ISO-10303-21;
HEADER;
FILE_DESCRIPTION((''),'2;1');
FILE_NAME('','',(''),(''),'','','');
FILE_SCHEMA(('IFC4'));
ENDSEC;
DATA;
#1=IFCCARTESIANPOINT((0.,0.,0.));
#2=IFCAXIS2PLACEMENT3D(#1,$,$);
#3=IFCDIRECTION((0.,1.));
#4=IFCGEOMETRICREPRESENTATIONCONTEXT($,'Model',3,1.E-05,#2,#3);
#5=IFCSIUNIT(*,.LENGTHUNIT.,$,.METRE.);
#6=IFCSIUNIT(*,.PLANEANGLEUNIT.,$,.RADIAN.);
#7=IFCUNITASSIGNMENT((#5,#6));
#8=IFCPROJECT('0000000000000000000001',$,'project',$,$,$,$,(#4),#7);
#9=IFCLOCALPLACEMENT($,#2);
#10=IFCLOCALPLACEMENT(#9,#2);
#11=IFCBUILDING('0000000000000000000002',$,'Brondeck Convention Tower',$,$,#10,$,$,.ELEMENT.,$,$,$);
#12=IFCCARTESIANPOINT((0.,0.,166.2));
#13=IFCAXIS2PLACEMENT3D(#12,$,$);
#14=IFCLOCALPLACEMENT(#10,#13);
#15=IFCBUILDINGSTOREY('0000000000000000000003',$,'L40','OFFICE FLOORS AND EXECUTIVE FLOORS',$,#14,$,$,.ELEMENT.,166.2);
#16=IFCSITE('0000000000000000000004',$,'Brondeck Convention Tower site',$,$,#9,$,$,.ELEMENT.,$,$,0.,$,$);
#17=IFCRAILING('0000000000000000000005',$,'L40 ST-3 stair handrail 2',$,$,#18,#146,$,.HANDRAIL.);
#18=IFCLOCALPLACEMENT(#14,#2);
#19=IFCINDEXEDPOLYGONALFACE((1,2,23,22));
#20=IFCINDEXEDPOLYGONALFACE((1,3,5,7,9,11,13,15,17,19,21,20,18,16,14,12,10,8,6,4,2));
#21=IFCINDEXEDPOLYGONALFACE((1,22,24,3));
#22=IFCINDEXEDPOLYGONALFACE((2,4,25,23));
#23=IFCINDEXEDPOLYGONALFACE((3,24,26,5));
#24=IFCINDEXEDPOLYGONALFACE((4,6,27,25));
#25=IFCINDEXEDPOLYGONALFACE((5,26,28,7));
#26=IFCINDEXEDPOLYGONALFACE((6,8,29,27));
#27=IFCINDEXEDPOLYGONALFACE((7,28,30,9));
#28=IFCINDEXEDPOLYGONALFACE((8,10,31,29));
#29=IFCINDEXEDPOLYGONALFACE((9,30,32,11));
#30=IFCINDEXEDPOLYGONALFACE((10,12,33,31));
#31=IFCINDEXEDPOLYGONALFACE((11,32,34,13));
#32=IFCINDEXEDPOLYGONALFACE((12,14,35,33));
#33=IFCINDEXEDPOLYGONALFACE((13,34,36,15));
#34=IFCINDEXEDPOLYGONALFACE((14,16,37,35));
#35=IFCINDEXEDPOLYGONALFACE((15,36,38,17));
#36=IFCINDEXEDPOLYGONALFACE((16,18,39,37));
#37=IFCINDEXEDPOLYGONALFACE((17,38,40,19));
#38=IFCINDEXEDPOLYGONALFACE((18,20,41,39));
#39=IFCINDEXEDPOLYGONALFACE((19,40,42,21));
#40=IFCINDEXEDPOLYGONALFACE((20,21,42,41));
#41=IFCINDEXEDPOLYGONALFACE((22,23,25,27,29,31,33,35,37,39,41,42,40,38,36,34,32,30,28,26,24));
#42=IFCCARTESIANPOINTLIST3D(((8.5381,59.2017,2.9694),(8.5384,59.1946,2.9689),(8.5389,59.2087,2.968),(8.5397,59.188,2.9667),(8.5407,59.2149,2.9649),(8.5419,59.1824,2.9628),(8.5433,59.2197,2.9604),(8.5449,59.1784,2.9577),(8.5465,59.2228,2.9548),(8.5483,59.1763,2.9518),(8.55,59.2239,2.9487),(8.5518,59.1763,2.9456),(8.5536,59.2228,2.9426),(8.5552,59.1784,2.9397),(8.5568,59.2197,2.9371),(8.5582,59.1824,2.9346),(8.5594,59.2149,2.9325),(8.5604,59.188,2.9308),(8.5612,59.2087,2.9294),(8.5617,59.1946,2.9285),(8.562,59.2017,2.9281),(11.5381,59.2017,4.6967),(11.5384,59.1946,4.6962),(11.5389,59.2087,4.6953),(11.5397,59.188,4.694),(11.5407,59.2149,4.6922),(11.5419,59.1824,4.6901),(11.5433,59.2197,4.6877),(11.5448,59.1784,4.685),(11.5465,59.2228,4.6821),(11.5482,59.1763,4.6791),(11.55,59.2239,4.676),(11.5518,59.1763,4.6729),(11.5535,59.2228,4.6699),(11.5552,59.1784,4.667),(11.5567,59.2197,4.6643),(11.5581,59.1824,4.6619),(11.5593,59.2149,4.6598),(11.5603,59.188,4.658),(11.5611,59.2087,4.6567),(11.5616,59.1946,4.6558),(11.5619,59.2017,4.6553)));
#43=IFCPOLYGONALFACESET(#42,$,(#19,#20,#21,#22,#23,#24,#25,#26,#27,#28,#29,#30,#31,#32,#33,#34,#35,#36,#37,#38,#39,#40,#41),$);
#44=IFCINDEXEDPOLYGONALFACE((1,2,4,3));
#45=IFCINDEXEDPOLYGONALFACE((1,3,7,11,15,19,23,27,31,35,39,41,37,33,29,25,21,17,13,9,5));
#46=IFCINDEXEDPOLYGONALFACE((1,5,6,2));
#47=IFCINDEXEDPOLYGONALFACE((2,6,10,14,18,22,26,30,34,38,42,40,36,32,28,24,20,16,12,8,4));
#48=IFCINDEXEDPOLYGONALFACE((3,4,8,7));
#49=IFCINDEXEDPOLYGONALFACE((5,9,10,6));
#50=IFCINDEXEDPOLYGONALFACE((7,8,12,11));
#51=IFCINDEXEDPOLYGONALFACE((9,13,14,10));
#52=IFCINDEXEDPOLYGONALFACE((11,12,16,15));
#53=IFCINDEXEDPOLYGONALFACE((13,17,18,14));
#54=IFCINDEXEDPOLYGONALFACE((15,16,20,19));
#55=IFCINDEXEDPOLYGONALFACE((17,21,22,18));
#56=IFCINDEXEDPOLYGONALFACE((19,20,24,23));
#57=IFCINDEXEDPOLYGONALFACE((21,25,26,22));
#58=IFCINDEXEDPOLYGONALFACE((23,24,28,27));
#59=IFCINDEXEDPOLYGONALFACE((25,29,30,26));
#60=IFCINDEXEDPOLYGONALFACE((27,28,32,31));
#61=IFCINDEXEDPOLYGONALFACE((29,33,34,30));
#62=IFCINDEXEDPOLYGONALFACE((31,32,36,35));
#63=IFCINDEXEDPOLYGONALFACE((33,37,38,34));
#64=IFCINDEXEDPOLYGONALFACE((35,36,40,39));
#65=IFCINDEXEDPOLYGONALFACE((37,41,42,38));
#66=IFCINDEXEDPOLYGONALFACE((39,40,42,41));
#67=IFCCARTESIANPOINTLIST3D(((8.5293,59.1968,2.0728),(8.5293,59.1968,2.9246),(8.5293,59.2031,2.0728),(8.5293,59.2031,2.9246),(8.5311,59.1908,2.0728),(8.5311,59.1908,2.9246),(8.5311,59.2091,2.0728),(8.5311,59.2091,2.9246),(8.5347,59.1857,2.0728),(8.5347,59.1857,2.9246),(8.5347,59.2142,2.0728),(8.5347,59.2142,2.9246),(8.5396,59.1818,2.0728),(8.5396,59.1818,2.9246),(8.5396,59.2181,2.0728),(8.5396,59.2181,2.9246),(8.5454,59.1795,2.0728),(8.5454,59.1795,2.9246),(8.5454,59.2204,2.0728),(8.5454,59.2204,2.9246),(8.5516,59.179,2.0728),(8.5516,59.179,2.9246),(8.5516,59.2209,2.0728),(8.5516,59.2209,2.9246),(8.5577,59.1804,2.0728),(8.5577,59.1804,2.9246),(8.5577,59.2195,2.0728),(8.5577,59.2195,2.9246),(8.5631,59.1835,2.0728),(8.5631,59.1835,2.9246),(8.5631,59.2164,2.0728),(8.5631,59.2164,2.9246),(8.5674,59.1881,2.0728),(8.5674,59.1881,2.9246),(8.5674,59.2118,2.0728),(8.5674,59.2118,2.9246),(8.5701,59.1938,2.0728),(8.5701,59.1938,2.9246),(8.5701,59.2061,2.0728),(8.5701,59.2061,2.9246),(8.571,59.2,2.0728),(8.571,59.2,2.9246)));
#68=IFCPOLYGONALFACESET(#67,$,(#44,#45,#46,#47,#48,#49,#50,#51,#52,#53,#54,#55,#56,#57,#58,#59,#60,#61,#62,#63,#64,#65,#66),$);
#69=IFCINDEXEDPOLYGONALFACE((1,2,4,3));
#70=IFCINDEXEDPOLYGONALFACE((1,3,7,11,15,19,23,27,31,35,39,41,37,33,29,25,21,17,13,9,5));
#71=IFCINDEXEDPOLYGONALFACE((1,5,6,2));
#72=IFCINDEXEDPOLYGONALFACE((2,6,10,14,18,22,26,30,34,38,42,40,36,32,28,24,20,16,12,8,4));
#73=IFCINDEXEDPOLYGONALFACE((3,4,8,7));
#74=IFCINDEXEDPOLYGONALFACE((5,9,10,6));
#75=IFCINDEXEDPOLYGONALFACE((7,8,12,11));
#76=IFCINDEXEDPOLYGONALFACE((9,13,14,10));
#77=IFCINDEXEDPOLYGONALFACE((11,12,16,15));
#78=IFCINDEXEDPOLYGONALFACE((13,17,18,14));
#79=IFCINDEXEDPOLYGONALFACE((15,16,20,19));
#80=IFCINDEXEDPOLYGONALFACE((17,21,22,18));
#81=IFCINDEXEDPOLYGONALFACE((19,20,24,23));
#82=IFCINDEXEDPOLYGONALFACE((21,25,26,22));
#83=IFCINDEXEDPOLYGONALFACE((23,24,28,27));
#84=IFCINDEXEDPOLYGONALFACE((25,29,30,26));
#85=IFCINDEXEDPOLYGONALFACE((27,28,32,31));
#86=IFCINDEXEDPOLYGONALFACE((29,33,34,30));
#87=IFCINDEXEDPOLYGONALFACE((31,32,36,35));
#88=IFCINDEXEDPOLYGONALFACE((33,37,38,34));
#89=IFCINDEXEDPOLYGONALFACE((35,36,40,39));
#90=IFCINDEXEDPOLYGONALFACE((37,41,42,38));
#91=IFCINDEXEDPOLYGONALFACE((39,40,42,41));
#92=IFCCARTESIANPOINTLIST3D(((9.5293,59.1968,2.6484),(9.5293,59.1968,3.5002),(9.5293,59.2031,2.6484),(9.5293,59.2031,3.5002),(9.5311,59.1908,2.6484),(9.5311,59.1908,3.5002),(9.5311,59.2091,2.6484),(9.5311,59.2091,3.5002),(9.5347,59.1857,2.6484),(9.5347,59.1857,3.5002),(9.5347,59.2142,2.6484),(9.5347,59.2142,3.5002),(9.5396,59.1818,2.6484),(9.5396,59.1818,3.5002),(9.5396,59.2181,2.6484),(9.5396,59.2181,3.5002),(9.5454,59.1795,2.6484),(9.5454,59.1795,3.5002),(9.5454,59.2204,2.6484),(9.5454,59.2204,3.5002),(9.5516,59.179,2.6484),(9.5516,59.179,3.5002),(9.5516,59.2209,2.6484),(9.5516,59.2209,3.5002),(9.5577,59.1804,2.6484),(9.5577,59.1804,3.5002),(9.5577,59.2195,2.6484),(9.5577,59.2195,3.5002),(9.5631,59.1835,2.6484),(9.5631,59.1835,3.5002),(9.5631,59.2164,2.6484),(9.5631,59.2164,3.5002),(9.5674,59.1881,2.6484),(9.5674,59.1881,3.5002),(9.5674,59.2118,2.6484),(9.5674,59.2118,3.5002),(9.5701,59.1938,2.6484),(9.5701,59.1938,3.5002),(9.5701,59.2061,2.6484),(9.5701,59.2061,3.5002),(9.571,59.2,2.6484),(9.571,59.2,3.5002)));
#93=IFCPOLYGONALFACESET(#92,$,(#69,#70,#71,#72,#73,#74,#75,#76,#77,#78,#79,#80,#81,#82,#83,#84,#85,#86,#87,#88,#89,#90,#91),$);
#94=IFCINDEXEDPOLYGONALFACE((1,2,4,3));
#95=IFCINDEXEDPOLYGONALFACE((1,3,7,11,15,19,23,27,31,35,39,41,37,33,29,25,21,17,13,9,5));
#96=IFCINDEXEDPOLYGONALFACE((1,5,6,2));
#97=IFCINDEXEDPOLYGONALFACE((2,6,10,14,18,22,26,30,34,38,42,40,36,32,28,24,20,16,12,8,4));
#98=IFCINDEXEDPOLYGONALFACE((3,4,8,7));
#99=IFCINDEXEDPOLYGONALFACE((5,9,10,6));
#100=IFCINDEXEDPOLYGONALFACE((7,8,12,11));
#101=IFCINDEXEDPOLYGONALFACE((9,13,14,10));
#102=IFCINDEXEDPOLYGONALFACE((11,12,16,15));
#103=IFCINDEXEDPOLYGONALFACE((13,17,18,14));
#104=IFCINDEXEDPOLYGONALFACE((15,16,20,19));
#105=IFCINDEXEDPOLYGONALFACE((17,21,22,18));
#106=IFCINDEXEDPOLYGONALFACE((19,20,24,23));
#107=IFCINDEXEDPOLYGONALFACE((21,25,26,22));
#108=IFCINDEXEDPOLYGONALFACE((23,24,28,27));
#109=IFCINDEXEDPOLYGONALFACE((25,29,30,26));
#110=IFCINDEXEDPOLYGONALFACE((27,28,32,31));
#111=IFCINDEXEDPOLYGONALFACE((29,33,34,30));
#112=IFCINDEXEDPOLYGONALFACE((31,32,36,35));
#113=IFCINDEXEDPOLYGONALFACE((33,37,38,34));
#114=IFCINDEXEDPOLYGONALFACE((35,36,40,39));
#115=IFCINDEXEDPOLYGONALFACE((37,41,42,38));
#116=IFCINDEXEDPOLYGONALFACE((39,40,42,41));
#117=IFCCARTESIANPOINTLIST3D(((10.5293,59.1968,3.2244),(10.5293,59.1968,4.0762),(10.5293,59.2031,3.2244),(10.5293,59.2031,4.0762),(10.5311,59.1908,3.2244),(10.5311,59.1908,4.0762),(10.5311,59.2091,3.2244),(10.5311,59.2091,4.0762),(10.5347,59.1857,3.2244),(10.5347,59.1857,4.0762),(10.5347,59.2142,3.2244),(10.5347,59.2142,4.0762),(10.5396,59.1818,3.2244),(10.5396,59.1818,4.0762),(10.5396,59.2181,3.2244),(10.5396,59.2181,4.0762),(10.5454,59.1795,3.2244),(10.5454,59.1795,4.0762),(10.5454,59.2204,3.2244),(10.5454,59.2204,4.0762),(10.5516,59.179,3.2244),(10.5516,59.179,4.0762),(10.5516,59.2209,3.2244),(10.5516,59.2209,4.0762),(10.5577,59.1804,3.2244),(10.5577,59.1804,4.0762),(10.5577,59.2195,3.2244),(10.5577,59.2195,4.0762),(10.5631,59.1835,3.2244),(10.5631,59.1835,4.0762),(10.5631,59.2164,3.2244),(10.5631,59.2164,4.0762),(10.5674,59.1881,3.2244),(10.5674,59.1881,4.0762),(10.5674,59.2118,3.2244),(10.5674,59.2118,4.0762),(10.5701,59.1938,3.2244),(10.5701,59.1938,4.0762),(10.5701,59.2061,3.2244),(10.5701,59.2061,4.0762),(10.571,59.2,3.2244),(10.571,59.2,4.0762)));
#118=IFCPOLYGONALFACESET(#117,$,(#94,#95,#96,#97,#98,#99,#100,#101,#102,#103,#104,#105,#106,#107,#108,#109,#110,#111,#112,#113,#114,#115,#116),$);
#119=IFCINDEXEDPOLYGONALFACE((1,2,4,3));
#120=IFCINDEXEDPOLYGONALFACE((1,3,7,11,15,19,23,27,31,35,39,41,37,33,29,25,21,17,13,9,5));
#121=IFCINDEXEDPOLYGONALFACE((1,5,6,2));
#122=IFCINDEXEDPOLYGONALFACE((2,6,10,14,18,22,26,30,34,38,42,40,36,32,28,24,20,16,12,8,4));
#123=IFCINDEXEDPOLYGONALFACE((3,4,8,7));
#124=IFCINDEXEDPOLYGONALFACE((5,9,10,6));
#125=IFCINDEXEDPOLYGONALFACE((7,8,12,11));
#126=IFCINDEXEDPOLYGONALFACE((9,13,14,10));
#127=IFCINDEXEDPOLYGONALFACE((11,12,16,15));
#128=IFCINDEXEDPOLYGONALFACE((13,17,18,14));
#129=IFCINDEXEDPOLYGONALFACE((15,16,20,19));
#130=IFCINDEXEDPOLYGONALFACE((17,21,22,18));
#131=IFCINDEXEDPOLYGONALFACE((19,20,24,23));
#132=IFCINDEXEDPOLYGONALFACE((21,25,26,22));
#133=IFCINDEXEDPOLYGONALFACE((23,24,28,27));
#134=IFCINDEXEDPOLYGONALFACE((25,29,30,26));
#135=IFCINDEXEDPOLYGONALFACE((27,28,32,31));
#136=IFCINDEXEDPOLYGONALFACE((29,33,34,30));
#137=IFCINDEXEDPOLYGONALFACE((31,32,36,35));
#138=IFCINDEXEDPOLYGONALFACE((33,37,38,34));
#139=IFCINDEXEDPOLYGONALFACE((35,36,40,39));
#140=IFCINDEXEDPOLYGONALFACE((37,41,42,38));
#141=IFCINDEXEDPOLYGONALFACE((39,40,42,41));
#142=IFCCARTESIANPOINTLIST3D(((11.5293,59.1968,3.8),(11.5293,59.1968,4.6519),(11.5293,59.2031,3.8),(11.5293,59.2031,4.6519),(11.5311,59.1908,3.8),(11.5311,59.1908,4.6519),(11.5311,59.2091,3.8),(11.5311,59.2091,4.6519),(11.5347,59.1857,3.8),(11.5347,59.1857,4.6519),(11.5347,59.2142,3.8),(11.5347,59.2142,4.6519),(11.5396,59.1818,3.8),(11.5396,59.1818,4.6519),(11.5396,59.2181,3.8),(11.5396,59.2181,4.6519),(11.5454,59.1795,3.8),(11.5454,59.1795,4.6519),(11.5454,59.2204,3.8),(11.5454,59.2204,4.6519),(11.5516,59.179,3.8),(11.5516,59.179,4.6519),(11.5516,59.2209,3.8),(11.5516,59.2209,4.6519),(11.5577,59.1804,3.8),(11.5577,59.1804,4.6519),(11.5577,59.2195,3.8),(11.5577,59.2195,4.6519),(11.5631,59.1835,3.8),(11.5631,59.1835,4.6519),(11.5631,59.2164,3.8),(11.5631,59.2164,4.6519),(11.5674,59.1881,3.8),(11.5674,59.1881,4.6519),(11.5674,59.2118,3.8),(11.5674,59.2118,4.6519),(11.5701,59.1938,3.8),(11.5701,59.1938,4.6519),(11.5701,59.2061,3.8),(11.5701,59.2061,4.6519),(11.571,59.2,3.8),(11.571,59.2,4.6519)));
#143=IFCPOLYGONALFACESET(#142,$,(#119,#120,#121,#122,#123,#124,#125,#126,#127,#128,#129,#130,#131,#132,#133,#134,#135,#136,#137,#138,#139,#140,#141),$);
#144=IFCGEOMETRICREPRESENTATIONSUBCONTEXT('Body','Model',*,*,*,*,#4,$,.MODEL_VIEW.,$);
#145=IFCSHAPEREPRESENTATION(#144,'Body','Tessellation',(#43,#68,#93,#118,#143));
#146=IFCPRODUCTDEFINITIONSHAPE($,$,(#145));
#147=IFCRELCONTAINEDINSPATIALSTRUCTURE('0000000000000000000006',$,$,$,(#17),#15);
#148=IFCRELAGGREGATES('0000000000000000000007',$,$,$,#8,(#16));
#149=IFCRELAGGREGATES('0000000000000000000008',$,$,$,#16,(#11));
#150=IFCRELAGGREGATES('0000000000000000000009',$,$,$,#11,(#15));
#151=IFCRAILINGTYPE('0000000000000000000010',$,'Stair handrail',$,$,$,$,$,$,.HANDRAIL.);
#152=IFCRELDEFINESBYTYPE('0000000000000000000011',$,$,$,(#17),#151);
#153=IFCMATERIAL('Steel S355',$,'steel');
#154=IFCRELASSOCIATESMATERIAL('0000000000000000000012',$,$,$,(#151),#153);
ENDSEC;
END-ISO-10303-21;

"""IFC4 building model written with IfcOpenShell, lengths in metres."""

from ifc_helpers import new_model, si_unit, direction, frame, origin, origin_2d, place, context, subcontext, project, spatial, circle, extrude, material, type_object, element, save


model = new_model("IFC4")

# Units and contexts
model_context = context("Model", 3, precision=1e-05, world=origin(), true_north=direction((0.0, 1.0)))
body_context = subcontext(model_context, "Body", "Model", "MODEL_VIEW")
ifc_project = project(units=[si_unit("LENGTHUNIT", "METRE"), si_unit("PLANEANGLEUNIT", "RADIAN")], contexts=[model_context])

# Site, building, storey
site_placement = place(None, origin())
site = spatial("IfcSite", under=ifc_project, at=site_placement, Name="Brondeck Convention Tower site", CompositionType="ELEMENT", RefElevation=0.0)
building_placement = place(site_placement, origin())
building = spatial("IfcBuilding", under=site, at=building_placement, Name="Brondeck Convention Tower", CompositionType="ELEMENT")
storey_placement = place(building_placement, frame((0.0, 0.0, 166.2)))
storey = spatial("IfcBuildingStorey", under=building, at=storey_placement, Name="L40", Description="OFFICE FLOORS AND EXECUTIVE FLOORS", CompositionType="ELEMENT", Elevation=166.2)

# Railing
ifc_material_1 = material(Name="Steel S355", Category="steel")
railing_type_1 = type_object("IfcRailingType", Name="Stair handrail", PredefinedType="HANDRAIL", material=ifc_material_1)
railing_1_placement = place(storey_placement, frame((8.55, 59.2, 2.0728)))
element("IfcRailing", 1, at=railing_1_placement, inside=storey, type_object=railing_type_1, Name="L40 ST-3 stair handrail 2", PredefinedType="HANDRAIL", context=body_context, shape_type="SweptSolid", body=[
    extrude(circle(Radius=0.0239, at=origin_2d()), frame((0.0, 0.0, 0.876), z_axis=(0.86662, 0.0, 0.498969), x_axis=(0.0, 1.0, 0.0)), (0.0, 0.0, 1.0), 3.4617),
    extrude(circle(Radius=0.021, at=origin_2d()), origin(), (0.0, 0.0, 1.0), 0.8518),
    extrude(circle(Radius=0.021, at=origin_2d()), frame((1.0, 0.0, 0.5757)), (0.0, 0.0, 1.0), 0.8518),
    extrude(circle(Radius=0.021, at=origin_2d()), frame((2.0, 0.0, 1.1516)), (0.0, 0.0, 1.0), 0.8518),
    extrude(circle(Radius=0.021, at=origin_2d()), frame((3.0, 0.0, 1.7273)), (0.0, 0.0, 1.0), 0.8518),
])

save(model, "model.ifc")
